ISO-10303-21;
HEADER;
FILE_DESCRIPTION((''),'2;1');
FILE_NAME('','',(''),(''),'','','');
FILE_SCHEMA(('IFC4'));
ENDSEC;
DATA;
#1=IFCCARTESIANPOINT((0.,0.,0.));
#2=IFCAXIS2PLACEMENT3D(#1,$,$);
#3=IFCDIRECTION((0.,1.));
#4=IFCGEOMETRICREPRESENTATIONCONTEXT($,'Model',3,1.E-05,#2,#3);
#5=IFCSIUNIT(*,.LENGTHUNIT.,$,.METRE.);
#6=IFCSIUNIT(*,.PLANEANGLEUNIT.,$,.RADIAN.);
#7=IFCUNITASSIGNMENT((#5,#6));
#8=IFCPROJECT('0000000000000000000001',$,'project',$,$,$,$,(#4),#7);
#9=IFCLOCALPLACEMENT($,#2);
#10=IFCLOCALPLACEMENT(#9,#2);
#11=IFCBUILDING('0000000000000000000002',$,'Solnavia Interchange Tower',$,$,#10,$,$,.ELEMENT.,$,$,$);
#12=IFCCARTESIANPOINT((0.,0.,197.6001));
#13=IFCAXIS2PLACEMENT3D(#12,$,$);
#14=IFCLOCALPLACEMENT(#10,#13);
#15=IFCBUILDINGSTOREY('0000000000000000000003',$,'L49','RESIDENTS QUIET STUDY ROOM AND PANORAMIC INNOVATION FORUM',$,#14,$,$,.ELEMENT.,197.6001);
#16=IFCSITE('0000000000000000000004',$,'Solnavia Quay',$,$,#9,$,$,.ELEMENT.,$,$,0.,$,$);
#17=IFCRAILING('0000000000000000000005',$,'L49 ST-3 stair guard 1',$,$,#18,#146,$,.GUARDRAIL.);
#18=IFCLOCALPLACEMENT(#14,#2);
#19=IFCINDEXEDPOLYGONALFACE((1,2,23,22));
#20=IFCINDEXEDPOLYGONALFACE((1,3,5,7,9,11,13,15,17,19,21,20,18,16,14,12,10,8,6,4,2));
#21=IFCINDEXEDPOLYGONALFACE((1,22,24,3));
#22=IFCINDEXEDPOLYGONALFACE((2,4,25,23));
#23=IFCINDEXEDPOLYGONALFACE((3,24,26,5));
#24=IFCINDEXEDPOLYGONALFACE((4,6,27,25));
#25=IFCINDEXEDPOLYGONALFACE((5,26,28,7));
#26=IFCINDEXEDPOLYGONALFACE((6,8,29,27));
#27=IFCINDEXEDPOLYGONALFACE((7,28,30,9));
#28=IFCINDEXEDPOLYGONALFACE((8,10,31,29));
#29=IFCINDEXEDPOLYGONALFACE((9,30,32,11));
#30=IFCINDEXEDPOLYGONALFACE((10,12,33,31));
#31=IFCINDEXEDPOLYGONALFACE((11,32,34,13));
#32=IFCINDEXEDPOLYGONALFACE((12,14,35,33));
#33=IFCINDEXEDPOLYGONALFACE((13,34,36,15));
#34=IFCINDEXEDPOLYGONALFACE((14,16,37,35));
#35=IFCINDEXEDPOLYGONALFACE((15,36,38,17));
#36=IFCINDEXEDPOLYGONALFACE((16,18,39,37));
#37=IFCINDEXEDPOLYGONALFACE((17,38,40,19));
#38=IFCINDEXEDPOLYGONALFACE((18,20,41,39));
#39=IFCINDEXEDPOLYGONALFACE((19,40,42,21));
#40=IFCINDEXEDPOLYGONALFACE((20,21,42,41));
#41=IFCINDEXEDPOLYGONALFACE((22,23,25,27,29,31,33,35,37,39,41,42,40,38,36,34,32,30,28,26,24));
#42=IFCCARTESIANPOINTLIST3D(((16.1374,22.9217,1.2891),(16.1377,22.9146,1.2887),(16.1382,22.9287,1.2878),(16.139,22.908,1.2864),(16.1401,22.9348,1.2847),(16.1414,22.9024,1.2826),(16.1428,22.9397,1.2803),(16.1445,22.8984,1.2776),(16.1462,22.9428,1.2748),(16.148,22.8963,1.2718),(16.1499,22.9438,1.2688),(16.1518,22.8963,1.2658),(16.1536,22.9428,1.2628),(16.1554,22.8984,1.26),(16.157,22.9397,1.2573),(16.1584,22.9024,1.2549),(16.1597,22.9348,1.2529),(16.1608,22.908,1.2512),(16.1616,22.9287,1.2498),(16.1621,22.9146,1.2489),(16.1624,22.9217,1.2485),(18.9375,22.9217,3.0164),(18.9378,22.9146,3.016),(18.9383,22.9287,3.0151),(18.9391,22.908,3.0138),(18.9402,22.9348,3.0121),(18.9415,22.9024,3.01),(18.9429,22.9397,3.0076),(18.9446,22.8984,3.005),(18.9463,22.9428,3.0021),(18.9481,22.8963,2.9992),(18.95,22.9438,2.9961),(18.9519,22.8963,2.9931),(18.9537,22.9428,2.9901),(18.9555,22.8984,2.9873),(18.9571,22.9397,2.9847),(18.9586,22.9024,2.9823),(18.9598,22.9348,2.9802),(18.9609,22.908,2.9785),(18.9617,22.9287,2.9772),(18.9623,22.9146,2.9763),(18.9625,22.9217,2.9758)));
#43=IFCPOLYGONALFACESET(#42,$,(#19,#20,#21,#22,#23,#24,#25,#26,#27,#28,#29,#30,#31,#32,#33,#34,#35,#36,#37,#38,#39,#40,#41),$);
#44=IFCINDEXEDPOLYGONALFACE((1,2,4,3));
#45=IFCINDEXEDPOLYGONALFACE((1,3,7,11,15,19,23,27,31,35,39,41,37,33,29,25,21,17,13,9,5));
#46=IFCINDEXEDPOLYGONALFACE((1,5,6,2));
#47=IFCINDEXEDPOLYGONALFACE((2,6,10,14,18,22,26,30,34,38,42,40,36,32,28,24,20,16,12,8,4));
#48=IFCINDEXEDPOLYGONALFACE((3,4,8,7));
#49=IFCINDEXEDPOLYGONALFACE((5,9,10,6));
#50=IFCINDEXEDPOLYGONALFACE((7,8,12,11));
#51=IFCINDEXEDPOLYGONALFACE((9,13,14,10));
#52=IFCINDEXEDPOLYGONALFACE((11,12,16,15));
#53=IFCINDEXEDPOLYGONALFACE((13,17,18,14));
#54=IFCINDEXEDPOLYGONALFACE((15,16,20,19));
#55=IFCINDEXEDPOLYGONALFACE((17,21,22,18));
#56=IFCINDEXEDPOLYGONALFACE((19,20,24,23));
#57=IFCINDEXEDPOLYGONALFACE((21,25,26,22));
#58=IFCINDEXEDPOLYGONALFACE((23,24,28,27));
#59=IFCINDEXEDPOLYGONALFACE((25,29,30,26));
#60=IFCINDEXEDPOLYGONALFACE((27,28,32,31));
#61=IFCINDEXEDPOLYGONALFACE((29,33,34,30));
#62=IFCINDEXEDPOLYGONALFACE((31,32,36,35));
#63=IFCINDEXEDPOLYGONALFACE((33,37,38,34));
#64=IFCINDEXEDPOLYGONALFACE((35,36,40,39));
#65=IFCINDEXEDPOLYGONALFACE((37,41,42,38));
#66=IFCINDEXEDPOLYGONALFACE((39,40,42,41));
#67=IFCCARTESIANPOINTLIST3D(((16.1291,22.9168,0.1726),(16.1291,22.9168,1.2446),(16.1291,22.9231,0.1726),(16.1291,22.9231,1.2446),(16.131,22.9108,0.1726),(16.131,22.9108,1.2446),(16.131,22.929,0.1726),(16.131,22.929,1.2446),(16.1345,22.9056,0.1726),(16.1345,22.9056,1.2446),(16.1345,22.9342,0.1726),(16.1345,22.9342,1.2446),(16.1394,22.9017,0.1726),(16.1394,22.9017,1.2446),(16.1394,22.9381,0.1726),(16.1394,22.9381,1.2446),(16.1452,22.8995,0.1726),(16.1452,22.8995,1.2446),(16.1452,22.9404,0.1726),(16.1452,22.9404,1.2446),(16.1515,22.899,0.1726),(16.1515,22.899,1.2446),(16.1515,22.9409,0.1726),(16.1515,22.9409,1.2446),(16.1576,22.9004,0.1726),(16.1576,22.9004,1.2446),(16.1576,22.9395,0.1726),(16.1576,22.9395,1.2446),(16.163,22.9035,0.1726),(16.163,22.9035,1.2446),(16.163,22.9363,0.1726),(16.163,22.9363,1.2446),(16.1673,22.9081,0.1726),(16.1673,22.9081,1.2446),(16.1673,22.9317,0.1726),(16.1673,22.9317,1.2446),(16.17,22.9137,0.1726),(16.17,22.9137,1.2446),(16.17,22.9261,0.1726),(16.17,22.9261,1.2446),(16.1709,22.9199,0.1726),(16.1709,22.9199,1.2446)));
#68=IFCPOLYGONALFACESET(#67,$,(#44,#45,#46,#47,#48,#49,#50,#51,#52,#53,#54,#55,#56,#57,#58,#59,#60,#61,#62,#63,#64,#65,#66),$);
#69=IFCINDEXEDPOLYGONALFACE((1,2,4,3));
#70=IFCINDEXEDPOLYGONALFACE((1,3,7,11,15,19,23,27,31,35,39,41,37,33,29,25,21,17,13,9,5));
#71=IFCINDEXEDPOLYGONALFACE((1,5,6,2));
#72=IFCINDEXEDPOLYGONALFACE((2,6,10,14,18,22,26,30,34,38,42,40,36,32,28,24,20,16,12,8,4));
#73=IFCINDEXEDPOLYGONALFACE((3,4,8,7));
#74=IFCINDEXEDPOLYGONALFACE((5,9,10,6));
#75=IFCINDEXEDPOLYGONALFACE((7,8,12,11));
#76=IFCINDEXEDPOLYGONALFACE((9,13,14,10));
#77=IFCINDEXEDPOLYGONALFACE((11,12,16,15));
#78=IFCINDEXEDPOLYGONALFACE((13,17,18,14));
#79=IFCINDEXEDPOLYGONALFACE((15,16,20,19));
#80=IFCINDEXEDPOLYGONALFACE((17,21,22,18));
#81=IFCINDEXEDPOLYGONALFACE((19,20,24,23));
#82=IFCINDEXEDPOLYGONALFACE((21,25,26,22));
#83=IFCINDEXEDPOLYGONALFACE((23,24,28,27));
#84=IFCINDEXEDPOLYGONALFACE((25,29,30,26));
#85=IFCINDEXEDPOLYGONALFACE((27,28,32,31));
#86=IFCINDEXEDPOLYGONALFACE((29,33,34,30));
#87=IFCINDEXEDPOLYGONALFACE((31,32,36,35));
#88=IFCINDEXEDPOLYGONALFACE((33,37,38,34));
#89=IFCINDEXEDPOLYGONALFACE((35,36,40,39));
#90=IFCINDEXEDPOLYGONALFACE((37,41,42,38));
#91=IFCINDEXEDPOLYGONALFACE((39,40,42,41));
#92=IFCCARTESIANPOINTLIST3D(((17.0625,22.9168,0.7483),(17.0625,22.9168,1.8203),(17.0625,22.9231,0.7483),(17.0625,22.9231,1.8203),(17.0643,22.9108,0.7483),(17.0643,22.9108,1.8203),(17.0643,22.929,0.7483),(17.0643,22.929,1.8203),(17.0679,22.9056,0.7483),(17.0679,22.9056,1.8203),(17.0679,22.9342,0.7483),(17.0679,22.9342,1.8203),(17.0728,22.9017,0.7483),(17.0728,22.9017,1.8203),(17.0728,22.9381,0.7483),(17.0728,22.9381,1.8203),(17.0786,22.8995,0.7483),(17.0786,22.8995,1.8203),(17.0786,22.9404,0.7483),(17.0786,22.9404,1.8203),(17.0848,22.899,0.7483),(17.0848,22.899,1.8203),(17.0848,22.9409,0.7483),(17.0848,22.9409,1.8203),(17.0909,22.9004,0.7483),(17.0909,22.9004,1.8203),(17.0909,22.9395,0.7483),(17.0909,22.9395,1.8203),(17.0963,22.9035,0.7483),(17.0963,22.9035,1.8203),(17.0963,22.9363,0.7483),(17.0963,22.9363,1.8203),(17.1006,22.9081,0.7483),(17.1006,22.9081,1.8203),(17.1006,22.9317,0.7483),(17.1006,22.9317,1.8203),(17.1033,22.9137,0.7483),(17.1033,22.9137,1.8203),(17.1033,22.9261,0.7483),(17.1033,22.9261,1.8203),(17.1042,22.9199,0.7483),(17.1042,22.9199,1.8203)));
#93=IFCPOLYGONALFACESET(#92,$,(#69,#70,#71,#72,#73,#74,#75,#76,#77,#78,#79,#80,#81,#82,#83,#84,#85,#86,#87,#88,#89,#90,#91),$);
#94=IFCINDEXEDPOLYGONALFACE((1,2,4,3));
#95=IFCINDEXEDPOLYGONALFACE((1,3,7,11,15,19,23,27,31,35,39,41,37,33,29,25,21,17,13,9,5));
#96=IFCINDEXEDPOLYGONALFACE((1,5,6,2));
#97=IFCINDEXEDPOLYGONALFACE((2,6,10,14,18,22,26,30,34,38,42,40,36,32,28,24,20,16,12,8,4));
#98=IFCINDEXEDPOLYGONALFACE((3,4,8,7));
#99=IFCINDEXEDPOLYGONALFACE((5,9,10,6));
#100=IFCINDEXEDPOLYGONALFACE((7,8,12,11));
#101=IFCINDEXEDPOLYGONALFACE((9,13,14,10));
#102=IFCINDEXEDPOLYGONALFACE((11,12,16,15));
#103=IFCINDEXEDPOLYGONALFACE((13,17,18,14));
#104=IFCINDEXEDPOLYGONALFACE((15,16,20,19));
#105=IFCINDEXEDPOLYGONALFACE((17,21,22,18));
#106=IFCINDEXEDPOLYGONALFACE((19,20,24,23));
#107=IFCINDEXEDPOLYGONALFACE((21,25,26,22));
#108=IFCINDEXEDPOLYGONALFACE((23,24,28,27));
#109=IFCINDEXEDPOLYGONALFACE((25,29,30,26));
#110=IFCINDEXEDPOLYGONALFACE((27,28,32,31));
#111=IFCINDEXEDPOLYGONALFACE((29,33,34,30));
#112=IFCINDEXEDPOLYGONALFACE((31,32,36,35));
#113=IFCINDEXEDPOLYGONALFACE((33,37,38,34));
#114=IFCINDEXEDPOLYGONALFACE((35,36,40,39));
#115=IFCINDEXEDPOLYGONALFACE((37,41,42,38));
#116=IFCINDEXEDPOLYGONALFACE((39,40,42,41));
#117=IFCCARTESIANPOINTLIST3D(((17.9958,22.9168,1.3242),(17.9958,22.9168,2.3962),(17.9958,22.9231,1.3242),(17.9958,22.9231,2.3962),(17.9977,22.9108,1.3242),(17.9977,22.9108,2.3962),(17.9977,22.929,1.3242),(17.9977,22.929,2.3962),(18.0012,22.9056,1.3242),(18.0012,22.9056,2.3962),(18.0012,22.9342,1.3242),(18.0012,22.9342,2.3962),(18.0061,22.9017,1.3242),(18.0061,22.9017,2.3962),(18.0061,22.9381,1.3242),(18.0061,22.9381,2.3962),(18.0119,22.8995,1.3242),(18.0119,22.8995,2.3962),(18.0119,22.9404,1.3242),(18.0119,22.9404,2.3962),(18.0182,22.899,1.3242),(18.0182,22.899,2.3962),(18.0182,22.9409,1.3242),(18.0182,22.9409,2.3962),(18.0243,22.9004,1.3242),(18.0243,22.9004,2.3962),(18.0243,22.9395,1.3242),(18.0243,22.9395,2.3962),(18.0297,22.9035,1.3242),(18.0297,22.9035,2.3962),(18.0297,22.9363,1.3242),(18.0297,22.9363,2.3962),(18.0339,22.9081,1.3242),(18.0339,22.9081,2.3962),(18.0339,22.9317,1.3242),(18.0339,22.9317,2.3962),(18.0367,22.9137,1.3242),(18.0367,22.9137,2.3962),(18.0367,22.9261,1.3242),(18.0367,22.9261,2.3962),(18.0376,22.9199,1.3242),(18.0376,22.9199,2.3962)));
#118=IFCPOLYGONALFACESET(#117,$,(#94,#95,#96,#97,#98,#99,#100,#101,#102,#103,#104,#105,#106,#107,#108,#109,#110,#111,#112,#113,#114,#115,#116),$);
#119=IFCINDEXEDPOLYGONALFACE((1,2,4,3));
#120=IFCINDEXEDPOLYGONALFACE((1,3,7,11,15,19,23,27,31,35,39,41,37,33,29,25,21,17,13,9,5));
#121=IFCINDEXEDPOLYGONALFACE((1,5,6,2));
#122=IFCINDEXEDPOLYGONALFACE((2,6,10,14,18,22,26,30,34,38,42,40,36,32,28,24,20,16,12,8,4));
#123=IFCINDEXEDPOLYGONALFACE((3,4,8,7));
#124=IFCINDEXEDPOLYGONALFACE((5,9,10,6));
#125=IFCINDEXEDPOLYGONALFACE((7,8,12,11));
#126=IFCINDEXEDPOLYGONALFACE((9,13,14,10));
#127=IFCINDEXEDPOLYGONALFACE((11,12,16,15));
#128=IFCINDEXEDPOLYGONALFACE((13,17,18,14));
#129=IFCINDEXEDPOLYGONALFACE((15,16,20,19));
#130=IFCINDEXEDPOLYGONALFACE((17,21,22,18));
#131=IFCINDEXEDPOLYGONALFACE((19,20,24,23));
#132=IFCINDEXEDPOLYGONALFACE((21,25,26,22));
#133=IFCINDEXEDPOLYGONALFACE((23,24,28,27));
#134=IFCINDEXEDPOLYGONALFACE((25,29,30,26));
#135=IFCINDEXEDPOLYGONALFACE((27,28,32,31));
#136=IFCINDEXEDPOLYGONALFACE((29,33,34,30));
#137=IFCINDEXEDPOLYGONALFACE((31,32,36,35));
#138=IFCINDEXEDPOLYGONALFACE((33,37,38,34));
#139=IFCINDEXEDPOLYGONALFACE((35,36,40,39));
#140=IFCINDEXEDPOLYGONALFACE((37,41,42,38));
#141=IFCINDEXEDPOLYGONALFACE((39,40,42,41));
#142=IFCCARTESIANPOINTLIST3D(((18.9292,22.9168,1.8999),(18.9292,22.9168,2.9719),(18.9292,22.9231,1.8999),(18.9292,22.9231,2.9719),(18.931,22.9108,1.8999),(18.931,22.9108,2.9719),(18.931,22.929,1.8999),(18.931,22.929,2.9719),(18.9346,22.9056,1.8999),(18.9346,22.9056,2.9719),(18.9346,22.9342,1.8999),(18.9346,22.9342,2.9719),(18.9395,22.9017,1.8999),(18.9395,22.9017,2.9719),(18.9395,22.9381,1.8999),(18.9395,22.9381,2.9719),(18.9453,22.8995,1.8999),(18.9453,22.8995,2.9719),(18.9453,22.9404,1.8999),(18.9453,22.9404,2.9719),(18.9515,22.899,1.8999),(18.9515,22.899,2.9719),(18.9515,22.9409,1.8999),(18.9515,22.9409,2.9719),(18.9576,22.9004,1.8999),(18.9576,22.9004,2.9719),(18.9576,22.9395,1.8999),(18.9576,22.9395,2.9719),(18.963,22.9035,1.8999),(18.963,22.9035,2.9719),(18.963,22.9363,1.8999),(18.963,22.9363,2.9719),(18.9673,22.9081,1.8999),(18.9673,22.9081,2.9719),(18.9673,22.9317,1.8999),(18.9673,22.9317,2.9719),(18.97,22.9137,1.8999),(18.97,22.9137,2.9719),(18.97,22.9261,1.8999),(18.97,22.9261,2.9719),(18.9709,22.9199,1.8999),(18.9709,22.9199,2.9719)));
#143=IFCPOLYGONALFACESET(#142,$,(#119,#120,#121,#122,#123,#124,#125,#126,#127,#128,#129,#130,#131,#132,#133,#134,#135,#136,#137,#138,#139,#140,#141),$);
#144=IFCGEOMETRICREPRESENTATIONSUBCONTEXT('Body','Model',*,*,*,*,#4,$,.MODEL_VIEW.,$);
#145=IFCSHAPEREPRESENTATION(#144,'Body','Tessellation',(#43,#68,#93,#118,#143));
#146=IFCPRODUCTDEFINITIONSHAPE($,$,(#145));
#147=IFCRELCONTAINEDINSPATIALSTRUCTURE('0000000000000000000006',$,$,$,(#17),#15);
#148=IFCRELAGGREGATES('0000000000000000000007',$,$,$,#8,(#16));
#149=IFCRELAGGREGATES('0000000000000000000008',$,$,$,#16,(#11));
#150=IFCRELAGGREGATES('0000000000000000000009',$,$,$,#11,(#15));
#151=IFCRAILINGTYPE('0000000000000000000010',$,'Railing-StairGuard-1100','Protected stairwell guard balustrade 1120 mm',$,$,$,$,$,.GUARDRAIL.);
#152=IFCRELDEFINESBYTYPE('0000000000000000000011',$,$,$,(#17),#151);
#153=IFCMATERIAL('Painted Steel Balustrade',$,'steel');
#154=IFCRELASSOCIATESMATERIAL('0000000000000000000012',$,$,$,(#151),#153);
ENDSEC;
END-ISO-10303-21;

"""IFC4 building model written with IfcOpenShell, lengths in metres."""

from ifc_helpers import new_model, si_unit, direction, frame, origin, origin_2d, place, context, subcontext, project, spatial, circle, extrude, material, type_object, element, save


model = new_model("IFC4")

# Units and contexts
model_context = context("Model", 3, precision=1e-05, world=origin(), true_north=direction((0.0, 1.0)))
body_context = subcontext(model_context, "Body", "Model", "MODEL_VIEW")
ifc_project = project(units=[si_unit("LENGTHUNIT", "METRE"), si_unit("PLANEANGLEUNIT", "RADIAN")], contexts=[model_context])

# Site, building, storey
site_placement = place(None, origin())
site = spatial("IfcSite", under=ifc_project, at=site_placement, Name="Solnavia Quay", CompositionType="ELEMENT", RefElevation=0.0)
building_placement = place(site_placement, origin())
building = spatial("IfcBuilding", under=site, at=building_placement, Name="Solnavia Interchange Tower", CompositionType="ELEMENT")
storey_placement = place(building_placement, frame((0.0, 0.0, 197.6001)))
storey = spatial("IfcBuildingStorey", under=building, at=storey_placement, Name="L49", Description="RESIDENTS QUIET STUDY ROOM AND PANORAMIC INNOVATION FORUM", CompositionType="ELEMENT", Elevation=197.6001)

# Railing
ifc_material_1 = material(Name="Painted Steel Balustrade", Category="steel")
railing_type_1 = type_object("IfcRailingType", Name="Railing-StairGuard-1100", Description="Protected stairwell guard balustrade 1120 mm", PredefinedType="GUARDRAIL", material=ifc_material_1)
railing_1_placement = place(storey_placement, frame((16.1499, 22.9199, 0.1726)))
element("IfcRailing", 1, at=railing_1_placement, inside=storey, type_object=railing_type_1, Name="L49 ST-3 stair guard 1", PredefinedType="GUARDRAIL", context=body_context, shape_type="SweptSolid", body=[
    extrude(circle(Radius=0.0239, at=origin_2d()), frame((0.0, 0.0, 1.0962), z_axis=(0.85109, 0.0, 0.52502), x_axis=(0.0, 1.0, 0.0)), (0.0, 0.0, 1.0), 3.29),
    extrude(circle(Radius=0.021, at=origin_2d()), origin(), (0.0, 0.0, 1.0), 1.072),
    extrude(circle(Radius=0.021, at=origin_2d()), frame((0.9333, 0.0, 0.5757)), (0.0, 0.0, 1.0), 1.072),
    extrude(circle(Radius=0.021, at=origin_2d()), frame((1.8667, 0.0, 1.1516)), (0.0, 0.0, 1.0), 1.072),
    extrude(circle(Radius=0.021, at=origin_2d()), frame((2.8, 0.0, 1.7273)), (0.0, 0.0, 1.0), 1.072),
])

save(model, "model.ifc")
